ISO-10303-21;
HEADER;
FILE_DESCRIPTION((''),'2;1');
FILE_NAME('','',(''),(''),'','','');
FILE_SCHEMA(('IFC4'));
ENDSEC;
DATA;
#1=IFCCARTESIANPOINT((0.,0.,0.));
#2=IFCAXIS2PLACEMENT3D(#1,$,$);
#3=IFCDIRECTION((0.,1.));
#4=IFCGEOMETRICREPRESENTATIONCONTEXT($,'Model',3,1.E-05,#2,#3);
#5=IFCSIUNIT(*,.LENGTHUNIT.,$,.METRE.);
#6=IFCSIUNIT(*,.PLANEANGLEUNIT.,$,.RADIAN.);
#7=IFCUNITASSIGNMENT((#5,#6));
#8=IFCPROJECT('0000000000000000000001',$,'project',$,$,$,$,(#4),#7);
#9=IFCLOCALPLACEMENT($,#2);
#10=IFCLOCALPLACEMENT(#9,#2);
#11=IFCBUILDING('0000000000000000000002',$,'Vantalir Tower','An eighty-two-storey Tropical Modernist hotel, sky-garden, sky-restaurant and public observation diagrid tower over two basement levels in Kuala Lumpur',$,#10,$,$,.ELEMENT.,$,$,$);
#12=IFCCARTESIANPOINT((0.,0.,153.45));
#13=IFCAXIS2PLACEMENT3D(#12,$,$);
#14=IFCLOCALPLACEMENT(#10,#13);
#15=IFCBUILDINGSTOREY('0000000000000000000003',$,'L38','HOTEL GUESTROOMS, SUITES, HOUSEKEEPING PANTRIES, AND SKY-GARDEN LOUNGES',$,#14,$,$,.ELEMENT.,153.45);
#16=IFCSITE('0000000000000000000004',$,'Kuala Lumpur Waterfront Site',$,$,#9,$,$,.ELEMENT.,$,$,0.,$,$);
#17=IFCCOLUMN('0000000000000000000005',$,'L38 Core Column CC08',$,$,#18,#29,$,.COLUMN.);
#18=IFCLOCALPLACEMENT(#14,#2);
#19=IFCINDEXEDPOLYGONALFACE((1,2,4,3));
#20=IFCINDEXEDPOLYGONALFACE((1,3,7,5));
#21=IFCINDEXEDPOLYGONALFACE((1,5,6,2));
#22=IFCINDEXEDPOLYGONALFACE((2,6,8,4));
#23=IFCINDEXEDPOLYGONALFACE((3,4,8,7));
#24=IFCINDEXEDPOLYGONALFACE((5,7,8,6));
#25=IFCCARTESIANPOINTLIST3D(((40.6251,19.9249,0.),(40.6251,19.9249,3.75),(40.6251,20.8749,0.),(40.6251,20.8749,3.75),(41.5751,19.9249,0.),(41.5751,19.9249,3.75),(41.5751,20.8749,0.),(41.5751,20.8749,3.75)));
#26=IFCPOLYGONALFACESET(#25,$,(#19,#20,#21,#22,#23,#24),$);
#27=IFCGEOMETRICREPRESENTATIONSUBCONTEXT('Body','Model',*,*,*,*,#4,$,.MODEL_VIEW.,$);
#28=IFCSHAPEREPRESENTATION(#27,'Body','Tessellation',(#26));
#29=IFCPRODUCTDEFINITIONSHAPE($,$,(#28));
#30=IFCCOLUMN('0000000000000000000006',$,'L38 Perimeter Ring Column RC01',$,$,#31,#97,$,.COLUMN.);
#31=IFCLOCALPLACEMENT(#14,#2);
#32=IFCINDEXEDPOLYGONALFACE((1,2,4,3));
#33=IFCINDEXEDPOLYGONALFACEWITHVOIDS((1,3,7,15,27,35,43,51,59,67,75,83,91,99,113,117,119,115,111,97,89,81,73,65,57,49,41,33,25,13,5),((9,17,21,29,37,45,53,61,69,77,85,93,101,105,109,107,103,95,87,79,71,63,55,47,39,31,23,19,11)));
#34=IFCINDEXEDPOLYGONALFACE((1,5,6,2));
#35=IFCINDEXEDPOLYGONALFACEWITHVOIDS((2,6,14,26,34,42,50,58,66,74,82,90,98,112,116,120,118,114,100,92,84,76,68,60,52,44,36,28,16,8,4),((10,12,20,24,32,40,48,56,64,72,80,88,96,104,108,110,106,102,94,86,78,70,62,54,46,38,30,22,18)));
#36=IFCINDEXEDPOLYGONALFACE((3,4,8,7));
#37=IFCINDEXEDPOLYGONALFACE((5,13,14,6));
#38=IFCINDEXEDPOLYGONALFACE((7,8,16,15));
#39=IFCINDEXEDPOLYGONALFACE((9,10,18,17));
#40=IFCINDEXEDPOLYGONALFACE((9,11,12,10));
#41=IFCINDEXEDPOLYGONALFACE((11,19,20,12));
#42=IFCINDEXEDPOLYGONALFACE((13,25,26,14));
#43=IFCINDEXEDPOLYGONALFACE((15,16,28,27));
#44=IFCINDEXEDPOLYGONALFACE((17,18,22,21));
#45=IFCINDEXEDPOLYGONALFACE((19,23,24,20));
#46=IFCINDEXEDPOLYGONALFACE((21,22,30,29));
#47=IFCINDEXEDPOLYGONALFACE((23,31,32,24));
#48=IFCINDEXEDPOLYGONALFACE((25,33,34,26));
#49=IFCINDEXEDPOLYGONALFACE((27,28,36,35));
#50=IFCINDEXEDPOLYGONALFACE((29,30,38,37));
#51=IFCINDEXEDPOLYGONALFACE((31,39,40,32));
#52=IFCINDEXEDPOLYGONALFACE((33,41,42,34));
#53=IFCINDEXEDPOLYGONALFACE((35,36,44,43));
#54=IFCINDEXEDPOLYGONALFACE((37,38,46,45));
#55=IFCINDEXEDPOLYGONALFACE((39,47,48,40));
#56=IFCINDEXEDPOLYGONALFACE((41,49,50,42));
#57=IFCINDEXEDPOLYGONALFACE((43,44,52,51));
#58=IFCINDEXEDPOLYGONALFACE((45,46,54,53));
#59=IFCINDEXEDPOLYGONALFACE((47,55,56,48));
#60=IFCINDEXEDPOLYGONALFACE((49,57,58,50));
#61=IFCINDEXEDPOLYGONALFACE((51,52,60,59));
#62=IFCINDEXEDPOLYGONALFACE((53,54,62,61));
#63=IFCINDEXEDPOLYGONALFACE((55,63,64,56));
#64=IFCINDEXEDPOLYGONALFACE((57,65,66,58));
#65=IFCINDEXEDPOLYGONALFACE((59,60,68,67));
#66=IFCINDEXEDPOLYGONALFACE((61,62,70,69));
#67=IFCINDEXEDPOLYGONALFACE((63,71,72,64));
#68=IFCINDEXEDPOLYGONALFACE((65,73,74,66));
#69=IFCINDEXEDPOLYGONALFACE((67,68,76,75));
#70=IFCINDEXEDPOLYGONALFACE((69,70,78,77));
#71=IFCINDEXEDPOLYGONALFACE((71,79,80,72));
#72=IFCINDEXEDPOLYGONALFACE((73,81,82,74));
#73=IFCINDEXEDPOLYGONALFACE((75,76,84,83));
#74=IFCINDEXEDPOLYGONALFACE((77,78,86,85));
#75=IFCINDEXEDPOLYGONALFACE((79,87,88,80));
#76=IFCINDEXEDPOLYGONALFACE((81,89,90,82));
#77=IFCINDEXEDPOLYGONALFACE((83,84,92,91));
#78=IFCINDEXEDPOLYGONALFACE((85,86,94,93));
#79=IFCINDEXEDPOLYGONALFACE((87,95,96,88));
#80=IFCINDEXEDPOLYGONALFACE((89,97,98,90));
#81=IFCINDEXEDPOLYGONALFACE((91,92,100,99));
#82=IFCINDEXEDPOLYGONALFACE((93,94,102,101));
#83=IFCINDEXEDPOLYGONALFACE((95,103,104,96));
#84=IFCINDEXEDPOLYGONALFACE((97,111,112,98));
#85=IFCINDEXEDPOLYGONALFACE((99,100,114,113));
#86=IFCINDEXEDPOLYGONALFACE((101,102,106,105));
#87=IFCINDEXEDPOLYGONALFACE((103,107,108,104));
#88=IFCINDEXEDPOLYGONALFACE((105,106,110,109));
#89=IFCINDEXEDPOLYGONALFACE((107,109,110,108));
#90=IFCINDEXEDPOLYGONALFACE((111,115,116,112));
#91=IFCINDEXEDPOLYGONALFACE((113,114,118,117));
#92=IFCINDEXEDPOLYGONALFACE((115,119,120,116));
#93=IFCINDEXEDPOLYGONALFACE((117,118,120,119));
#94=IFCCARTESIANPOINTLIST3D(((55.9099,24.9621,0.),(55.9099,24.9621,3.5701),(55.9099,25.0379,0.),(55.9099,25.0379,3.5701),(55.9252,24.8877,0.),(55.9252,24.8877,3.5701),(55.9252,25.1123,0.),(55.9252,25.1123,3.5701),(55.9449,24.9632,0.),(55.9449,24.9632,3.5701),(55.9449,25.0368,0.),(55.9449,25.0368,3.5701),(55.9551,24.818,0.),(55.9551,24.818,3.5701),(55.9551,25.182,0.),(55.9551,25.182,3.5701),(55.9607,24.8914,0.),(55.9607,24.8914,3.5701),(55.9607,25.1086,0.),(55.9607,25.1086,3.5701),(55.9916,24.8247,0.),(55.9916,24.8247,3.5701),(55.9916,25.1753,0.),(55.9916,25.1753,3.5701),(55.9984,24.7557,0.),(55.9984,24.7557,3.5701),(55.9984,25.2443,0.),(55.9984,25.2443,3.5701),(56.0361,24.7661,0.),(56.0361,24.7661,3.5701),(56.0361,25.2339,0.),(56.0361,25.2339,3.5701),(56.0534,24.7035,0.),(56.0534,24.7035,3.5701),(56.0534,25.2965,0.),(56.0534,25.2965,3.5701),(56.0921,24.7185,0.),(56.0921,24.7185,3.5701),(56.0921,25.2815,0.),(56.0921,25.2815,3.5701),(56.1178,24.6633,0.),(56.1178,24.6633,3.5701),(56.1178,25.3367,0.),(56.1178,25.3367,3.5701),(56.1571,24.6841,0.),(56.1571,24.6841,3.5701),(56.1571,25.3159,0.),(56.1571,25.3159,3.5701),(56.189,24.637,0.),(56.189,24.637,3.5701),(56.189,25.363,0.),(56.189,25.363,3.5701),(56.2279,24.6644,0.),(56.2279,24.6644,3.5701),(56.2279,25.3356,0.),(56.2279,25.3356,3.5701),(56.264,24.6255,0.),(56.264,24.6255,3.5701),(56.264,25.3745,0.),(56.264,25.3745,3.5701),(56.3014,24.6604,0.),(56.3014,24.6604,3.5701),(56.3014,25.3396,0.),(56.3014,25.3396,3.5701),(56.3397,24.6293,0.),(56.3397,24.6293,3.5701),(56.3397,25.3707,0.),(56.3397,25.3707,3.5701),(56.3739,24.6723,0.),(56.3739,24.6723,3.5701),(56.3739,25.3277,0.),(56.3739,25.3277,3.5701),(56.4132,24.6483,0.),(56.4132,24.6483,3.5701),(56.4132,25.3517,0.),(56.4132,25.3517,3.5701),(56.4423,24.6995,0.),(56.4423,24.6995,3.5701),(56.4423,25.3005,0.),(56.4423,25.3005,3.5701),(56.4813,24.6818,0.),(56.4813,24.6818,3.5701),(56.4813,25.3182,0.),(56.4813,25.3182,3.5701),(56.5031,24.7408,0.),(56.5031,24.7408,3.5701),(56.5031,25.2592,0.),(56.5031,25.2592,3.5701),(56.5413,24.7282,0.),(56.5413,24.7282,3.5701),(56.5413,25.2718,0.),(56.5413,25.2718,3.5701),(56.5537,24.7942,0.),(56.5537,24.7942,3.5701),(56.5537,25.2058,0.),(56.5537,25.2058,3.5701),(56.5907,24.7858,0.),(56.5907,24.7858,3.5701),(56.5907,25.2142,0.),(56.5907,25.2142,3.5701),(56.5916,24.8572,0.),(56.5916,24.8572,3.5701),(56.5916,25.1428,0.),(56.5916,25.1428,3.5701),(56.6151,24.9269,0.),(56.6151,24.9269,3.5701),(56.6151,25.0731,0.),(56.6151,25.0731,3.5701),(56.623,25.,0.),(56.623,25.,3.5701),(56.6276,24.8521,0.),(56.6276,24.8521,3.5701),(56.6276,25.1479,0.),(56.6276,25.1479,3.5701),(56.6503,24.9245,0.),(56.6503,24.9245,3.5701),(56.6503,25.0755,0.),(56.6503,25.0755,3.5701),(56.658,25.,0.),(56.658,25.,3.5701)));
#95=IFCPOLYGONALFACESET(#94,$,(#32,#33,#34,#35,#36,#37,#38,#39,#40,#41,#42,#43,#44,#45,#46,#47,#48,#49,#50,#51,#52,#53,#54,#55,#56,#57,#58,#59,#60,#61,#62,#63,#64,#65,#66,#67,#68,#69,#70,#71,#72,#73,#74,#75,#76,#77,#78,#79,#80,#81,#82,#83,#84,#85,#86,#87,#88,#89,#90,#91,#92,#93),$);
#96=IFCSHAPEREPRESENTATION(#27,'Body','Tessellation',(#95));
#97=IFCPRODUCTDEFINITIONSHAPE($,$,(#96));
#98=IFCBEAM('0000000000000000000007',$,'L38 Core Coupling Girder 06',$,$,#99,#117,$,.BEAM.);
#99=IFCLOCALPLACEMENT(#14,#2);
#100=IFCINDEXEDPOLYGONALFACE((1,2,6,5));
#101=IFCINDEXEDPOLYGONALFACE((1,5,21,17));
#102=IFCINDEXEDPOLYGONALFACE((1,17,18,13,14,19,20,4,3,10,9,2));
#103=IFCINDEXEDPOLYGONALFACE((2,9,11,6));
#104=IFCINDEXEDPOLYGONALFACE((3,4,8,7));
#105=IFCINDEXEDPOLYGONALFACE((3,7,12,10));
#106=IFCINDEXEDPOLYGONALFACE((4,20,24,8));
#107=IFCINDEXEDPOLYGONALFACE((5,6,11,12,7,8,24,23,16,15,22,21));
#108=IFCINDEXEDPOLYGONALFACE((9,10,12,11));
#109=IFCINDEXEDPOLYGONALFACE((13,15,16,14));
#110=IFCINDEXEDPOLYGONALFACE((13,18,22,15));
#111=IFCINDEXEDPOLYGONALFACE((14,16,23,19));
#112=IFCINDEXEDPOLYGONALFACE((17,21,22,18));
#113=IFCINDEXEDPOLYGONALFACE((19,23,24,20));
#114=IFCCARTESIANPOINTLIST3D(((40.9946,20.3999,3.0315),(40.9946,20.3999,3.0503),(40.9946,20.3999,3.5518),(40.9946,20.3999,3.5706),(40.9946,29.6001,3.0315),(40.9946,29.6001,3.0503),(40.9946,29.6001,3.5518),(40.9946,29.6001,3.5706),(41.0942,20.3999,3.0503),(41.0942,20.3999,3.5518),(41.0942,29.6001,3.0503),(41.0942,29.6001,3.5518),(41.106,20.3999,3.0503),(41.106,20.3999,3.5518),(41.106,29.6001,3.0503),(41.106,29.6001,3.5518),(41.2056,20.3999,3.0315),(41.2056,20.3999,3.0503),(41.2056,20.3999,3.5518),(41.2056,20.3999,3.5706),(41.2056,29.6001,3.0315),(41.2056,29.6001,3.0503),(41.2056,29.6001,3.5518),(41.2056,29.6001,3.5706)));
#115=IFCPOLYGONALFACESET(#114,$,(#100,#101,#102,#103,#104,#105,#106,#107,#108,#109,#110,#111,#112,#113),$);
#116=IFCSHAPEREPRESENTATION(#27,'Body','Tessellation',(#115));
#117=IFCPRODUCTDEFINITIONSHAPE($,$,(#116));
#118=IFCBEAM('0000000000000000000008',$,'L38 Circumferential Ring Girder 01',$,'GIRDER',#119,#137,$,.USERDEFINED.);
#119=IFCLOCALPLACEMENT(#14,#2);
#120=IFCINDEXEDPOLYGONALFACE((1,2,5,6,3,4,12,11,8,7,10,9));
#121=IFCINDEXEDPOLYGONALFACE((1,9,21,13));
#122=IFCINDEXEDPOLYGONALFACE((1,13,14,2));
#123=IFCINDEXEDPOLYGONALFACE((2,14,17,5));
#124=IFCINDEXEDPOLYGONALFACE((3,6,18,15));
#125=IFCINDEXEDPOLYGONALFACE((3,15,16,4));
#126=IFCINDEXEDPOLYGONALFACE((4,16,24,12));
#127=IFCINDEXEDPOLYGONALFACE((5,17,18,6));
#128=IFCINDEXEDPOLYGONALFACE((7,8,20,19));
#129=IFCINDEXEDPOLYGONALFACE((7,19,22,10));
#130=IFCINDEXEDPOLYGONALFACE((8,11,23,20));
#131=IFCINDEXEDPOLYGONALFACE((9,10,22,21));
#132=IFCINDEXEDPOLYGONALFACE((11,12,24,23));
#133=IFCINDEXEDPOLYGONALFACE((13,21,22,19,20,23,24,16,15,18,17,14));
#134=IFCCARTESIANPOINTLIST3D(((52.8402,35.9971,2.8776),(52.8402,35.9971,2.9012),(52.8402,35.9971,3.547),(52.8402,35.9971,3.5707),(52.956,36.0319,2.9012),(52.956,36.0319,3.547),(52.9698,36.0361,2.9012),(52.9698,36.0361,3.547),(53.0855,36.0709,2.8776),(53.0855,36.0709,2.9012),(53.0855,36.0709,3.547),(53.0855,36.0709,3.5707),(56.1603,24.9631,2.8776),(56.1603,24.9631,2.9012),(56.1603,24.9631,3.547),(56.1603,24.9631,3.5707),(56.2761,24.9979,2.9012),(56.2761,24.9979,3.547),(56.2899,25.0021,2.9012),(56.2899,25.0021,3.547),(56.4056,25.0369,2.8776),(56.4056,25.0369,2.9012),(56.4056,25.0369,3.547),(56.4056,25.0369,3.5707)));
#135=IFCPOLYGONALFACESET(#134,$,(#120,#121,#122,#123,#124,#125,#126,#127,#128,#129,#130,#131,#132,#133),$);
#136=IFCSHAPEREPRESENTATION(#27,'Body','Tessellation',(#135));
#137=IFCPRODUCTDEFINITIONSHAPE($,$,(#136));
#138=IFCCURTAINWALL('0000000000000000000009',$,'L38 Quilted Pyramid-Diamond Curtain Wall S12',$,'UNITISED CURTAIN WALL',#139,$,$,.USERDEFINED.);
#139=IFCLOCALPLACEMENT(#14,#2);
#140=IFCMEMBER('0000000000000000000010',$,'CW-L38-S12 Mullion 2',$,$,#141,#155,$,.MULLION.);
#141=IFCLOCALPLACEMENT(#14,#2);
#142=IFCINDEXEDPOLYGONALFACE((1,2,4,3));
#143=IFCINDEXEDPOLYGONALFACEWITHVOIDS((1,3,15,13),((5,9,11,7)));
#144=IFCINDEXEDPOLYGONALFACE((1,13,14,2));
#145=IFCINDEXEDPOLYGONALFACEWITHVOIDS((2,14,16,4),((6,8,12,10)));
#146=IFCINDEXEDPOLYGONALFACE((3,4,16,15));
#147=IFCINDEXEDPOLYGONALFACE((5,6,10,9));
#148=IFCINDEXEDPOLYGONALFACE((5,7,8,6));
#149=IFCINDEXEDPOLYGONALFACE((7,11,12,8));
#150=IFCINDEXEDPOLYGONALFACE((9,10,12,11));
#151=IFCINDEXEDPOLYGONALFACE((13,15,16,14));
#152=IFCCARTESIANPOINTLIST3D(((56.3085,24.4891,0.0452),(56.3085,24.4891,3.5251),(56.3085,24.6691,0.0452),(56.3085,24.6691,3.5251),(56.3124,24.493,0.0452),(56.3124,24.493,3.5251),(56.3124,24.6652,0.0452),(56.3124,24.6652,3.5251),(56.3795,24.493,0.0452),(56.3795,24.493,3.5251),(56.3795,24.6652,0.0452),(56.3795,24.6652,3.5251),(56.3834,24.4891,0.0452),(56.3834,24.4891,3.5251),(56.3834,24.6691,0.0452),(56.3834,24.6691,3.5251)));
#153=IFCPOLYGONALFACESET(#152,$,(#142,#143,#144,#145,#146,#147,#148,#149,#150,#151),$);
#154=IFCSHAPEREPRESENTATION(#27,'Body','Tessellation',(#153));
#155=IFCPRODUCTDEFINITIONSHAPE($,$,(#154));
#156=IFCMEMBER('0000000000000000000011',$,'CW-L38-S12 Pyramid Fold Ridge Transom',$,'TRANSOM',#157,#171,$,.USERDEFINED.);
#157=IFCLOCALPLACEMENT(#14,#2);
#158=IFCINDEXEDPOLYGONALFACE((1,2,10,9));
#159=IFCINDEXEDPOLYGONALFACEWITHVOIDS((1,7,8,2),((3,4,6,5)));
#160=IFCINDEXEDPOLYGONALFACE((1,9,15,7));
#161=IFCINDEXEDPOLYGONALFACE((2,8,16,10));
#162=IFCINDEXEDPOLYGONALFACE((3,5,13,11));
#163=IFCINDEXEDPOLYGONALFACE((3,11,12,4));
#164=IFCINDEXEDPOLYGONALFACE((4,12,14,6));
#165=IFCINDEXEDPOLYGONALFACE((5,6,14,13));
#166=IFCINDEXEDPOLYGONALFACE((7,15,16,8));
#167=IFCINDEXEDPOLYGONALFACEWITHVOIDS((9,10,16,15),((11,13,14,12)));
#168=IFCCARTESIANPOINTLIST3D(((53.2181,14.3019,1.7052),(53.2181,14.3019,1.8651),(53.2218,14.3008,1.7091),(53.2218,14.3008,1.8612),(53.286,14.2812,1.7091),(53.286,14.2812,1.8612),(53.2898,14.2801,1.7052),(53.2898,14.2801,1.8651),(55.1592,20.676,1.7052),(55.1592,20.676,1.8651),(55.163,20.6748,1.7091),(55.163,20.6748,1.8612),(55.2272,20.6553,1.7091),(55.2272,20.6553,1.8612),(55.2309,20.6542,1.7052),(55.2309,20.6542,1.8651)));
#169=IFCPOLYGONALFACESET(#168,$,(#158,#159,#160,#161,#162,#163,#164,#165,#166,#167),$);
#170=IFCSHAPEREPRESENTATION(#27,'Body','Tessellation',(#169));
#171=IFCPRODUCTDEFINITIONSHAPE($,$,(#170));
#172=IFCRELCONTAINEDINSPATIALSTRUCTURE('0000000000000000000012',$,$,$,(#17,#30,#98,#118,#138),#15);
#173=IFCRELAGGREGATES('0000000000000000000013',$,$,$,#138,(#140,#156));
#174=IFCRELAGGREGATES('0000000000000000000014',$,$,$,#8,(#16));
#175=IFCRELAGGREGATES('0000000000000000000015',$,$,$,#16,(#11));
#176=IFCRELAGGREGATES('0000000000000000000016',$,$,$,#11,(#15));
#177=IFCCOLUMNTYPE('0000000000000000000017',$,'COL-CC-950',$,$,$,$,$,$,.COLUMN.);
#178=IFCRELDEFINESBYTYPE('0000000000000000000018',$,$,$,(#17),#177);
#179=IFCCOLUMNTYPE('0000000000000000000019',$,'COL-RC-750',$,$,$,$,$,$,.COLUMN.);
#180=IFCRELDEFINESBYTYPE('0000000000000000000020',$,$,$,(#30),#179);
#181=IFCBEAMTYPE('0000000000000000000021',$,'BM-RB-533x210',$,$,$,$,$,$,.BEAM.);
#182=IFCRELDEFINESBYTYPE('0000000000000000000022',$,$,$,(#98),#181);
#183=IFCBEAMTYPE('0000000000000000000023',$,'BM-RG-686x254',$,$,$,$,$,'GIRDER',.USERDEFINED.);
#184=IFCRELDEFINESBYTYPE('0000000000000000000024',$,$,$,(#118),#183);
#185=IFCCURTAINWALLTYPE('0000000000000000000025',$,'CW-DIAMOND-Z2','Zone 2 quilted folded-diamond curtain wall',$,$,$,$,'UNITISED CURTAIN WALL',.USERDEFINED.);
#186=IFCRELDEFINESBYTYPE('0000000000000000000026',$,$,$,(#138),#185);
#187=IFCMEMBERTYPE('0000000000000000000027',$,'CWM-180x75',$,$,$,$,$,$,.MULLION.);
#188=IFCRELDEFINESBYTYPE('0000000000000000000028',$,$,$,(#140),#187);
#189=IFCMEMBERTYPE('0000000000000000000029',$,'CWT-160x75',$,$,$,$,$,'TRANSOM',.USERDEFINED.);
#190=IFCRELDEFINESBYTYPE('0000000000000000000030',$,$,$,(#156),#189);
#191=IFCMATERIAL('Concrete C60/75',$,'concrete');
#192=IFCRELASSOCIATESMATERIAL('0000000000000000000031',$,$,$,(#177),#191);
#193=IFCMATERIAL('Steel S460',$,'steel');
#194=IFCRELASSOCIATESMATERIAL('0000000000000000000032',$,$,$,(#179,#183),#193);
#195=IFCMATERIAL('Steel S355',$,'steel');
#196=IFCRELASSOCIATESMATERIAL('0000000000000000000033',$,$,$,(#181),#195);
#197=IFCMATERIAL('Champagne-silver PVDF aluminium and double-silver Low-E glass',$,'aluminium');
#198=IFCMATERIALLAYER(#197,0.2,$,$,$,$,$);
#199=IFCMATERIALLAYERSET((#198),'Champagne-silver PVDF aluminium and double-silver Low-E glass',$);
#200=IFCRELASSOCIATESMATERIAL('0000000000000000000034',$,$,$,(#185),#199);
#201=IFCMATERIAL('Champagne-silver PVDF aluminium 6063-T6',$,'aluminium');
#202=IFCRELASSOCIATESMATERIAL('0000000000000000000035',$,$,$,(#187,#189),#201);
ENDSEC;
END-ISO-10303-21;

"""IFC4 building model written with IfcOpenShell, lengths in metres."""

from ifc_helpers import new_model, si_unit, direction, frame, origin, origin_2d, place, context, subcontext, project, spatial, rectangle, hollow_rectangle, hollow_circle, i_section, extrude, material, layer, layer_set, material_profile, profile_set, type_object, element, aggregate, save


model = new_model("IFC4")

# Units and contexts
model_context = context("Model", 3, precision=1e-05, world=origin(), true_north=direction((0.0, 1.0)))
body_context = subcontext(model_context, "Body", "Model", "MODEL_VIEW")
ifc_project = project(units=[si_unit("LENGTHUNIT", "METRE"), si_unit("PLANEANGLEUNIT", "RADIAN")], contexts=[model_context])

# Site, building, storey
site_placement = place(None, origin())
site = spatial("IfcSite", under=ifc_project, at=site_placement, Name="Kuala Lumpur Waterfront Site", CompositionType="ELEMENT", RefElevation=0.0)
building_placement = place(site_placement, origin())
building = spatial("IfcBuilding", under=site, at=building_placement, Name="Vantalir Tower", Description="An eighty-two-storey Tropical Modernist hotel, sky-garden, sky-restaurant and public observation diagrid tower over two basement levels in Kuala Lumpur", CompositionType="ELEMENT")
storey_placement = place(building_placement, frame((0.0, 0.0, 153.45)))
storey = spatial("IfcBuildingStorey", under=building, at=storey_placement, Name="L38", Description="HOTEL GUESTROOMS, SUITES, HOUSEKEEPING PANTRIES, AND SKY-GARDEN LOUNGES", CompositionType="ELEMENT", Elevation=153.45)

# Columns
ifc_material_1 = material(Name="Concrete C60/75", Category="concrete")
ifc_material_profile_1 = material_profile(ifc_material_1, rectangle(XDim=0.95, YDim=0.95, at=origin_2d()), Name="Concrete C60/75")
ifc_profile_set_1 = profile_set([ifc_material_profile_1], Name="Concrete C60/75")
column_type_1 = type_object("IfcColumnType", Name="COL-CC-950", PredefinedType="COLUMN", material=ifc_profile_set_1)
column_1_placement = place(storey_placement, frame((41.1001, 20.3999, 0.0), z_axis=(0.0, 0.0, 1.0), x_axis=(1.0, 0.0, 0.0)))
element("IfcColumn", 1, at=column_1_placement, inside=storey, type_object=column_type_1, Name="L38 Core Column CC08", PredefinedType="COLUMN", context=body_context, shape_type="SweptSolid", body=[
    extrude(rectangle(XDim=0.95, YDim=0.95, at=origin_2d()), origin(), (0.0, 0.0, 1.0), 3.75),
])
ifc_material_2 = material(Name="Steel S460", Category="steel")
ifc_material_profile_2 = material_profile(ifc_material_2, hollow_circle(Radius=0.375, WallThickness=0.0349, at=origin_2d()), Name="Steel S460")
ifc_profile_set_2 = profile_set([ifc_material_profile_2], Name="Steel S460")
column_type_2 = type_object("IfcColumnType", Name="COL-RC-750", PredefinedType="COLUMN", material=ifc_profile_set_2)
column_2_placement = place(storey_placement, frame((56.283, 25.0, 0.0), z_axis=(0.0, 0.0, 1.0), x_axis=(1.0, 0.0, 0.0)))
element("IfcColumn", 2, at=column_2_placement, inside=storey, type_object=column_type_2, Name="L38 Perimeter Ring Column RC01", PredefinedType="COLUMN", context=body_context, shape_type="SweptSolid", body=[
    extrude(hollow_circle(Radius=0.375, WallThickness=0.0349, at=origin_2d()), origin(), (0.0, 0.0, 1.0), 3.5701),
])

# Beams
ifc_material_3 = material(Name="Steel S355", Category="steel")
ifc_material_profile_3 = material_profile(ifc_material_3, i_section(OverallWidth=0.2109, OverallDepth=0.5391, WebThickness=0.0117, FlangeThickness=0.0188, at=origin_2d()), Name="Steel S355")
ifc_profile_set_3 = profile_set([ifc_material_profile_3], Name="Steel S355")
beam_type_1 = type_object("IfcBeamType", Name="BM-RB-533x210", PredefinedType="BEAM", material=ifc_profile_set_3)
beam_1_placement = place(storey_placement, frame((41.1001, 20.3999, 3.301), z_axis=(0.0, 1.0, 0.0), x_axis=(-1.0, 0.0, 0.0)))
element("IfcBeam", 3, at=beam_1_placement, inside=storey, type_object=beam_type_1, Name="L38 Core Coupling Girder 06", PredefinedType="BEAM", context=body_context, shape_type="SweptSolid", body=[
    extrude(i_section(OverallWidth=0.2109, OverallDepth=0.5391, WebThickness=0.0117, FlangeThickness=0.0188, at=origin_2d()), origin(), (0.0, 0.0, 1.0), 9.2002),
])
ifc_material_profile_4 = material_profile(ifc_material_2, i_section(OverallWidth=0.2561, OverallDepth=0.6931, WebThickness=0.0144, FlangeThickness=0.0237, at=origin_2d()), Name="Steel S460")
ifc_profile_set_4 = profile_set([ifc_material_profile_4], Name="Steel S460")
beam_type_2 = type_object("IfcBeamType", Name="BM-RG-686x254", ElementType="GIRDER", PredefinedType="USERDEFINED", material=ifc_profile_set_4)
beam_2_placement = place(storey_placement, frame((56.283, 25.0, 3.2241), z_axis=(-0.288135, 0.95759, 0.0), x_axis=(-0.95759, -0.288135, 0.0)))
element("IfcBeam", 4, at=beam_2_placement, inside=storey, type_object=beam_type_2, Name="L38 Circumferential Ring Girder 01", ObjectType="GIRDER", PredefinedType="USERDEFINED", context=body_context, shape_type="SweptSolid", body=[
    extrude(i_section(OverallWidth=0.2561, OverallDepth=0.6931, WebThickness=0.0144, FlangeThickness=0.0237, at=origin_2d()), origin(), (0.0, 0.0, 1.0), 11.5227),
])

# Curtain wall, members
ifc_material_4 = material(Name="Champagne-silver PVDF aluminium and double-silver Low-E glass", Category="aluminium")
ifc_layer_1 = layer(ifc_material_4, 0.2)
ifc_layer_set_1 = layer_set([ifc_layer_1], Name="Champagne-silver PVDF aluminium and double-silver Low-E glass")
curtain_wall_type = type_object("IfcCurtainWallType", Name="CW-DIAMOND-Z2", Description="Zone 2 quilted folded-diamond curtain wall", ElementType="UNITISED CURTAIN WALL", PredefinedType="USERDEFINED", material=ifc_layer_set_1)
curtain_wall_placement = place(storey_placement, origin())
curtain_wall = element("IfcCurtainWall", 5, at=curtain_wall_placement, inside=storey, type_object=curtain_wall_type, Name="L38 Quilted Pyramid-Diamond Curtain Wall S12", ObjectType="UNITISED CURTAIN WALL", PredefinedType="USERDEFINED")
ifc_material_5 = material(Name="Champagne-silver PVDF aluminium 6063-T6", Category="aluminium")
ifc_material_profile_5 = material_profile(ifc_material_5, hollow_rectangle(XDim=0.075, YDim=0.1799, WallThickness=0.0039, at=origin_2d()), Name="Champagne-silver PVDF aluminium 6063-T6")
ifc_profile_set_5 = profile_set([ifc_material_profile_5], Name="Champagne-silver PVDF aluminium 6063-T6")
member_type_1 = type_object("IfcMemberType", Name="CWM-180x75", PredefinedType="MULLION", material=ifc_profile_set_5)
member_1_placement = place(storey_placement, frame((56.3459, 24.5791, 0.0452), z_axis=(0.0, 0.0, 1.0), x_axis=(1.0, 0.0, 0.0)))
member_1 = element("IfcMember", 6, at=member_1_placement, type_object=member_type_1, Name="CW-L38-S12 Mullion 2", PredefinedType="MULLION", context=body_context, shape_type="SweptSolid", body=[
    extrude(hollow_rectangle(XDim=0.075, YDim=0.1799, WallThickness=0.0039, at=origin_2d()), origin(), (0.0, 0.0, 1.0), 3.48),
])
ifc_material_profile_6 = material_profile(ifc_material_5, hollow_rectangle(XDim=0.075, YDim=0.1599, WallThickness=0.0039, at=origin_2d()), Name="Champagne-silver PVDF aluminium 6063-T6")
ifc_profile_set_6 = profile_set([ifc_material_profile_6], Name="Champagne-silver PVDF aluminium 6063-T6")
member_type_2 = type_object("IfcMemberType", Name="CWT-160x75", ElementType="TRANSOM", PredefinedType="USERDEFINED", material=ifc_profile_set_6)
member_2_placement = place(storey_placement, frame((53.2539, 14.291, 1.7852), z_axis=(0.291332, 0.956622, 0.0), x_axis=(-0.956622, 0.291332, 0.0)))
member_2 = element("IfcMember", 7, at=member_2_placement, type_object=member_type_2, Name="CW-L38-S12 Pyramid Fold Ridge Transom", ObjectType="TRANSOM", PredefinedType="USERDEFINED", context=body_context, shape_type="SweptSolid", body=[
    extrude(hollow_rectangle(XDim=0.075, YDim=0.1599, WallThickness=0.0039, at=origin_2d()), origin(), (0.0, 0.0, 1.0), 6.6631),
])
aggregate(curtain_wall, [member_1, member_2])

save(model, "model.ifc")
